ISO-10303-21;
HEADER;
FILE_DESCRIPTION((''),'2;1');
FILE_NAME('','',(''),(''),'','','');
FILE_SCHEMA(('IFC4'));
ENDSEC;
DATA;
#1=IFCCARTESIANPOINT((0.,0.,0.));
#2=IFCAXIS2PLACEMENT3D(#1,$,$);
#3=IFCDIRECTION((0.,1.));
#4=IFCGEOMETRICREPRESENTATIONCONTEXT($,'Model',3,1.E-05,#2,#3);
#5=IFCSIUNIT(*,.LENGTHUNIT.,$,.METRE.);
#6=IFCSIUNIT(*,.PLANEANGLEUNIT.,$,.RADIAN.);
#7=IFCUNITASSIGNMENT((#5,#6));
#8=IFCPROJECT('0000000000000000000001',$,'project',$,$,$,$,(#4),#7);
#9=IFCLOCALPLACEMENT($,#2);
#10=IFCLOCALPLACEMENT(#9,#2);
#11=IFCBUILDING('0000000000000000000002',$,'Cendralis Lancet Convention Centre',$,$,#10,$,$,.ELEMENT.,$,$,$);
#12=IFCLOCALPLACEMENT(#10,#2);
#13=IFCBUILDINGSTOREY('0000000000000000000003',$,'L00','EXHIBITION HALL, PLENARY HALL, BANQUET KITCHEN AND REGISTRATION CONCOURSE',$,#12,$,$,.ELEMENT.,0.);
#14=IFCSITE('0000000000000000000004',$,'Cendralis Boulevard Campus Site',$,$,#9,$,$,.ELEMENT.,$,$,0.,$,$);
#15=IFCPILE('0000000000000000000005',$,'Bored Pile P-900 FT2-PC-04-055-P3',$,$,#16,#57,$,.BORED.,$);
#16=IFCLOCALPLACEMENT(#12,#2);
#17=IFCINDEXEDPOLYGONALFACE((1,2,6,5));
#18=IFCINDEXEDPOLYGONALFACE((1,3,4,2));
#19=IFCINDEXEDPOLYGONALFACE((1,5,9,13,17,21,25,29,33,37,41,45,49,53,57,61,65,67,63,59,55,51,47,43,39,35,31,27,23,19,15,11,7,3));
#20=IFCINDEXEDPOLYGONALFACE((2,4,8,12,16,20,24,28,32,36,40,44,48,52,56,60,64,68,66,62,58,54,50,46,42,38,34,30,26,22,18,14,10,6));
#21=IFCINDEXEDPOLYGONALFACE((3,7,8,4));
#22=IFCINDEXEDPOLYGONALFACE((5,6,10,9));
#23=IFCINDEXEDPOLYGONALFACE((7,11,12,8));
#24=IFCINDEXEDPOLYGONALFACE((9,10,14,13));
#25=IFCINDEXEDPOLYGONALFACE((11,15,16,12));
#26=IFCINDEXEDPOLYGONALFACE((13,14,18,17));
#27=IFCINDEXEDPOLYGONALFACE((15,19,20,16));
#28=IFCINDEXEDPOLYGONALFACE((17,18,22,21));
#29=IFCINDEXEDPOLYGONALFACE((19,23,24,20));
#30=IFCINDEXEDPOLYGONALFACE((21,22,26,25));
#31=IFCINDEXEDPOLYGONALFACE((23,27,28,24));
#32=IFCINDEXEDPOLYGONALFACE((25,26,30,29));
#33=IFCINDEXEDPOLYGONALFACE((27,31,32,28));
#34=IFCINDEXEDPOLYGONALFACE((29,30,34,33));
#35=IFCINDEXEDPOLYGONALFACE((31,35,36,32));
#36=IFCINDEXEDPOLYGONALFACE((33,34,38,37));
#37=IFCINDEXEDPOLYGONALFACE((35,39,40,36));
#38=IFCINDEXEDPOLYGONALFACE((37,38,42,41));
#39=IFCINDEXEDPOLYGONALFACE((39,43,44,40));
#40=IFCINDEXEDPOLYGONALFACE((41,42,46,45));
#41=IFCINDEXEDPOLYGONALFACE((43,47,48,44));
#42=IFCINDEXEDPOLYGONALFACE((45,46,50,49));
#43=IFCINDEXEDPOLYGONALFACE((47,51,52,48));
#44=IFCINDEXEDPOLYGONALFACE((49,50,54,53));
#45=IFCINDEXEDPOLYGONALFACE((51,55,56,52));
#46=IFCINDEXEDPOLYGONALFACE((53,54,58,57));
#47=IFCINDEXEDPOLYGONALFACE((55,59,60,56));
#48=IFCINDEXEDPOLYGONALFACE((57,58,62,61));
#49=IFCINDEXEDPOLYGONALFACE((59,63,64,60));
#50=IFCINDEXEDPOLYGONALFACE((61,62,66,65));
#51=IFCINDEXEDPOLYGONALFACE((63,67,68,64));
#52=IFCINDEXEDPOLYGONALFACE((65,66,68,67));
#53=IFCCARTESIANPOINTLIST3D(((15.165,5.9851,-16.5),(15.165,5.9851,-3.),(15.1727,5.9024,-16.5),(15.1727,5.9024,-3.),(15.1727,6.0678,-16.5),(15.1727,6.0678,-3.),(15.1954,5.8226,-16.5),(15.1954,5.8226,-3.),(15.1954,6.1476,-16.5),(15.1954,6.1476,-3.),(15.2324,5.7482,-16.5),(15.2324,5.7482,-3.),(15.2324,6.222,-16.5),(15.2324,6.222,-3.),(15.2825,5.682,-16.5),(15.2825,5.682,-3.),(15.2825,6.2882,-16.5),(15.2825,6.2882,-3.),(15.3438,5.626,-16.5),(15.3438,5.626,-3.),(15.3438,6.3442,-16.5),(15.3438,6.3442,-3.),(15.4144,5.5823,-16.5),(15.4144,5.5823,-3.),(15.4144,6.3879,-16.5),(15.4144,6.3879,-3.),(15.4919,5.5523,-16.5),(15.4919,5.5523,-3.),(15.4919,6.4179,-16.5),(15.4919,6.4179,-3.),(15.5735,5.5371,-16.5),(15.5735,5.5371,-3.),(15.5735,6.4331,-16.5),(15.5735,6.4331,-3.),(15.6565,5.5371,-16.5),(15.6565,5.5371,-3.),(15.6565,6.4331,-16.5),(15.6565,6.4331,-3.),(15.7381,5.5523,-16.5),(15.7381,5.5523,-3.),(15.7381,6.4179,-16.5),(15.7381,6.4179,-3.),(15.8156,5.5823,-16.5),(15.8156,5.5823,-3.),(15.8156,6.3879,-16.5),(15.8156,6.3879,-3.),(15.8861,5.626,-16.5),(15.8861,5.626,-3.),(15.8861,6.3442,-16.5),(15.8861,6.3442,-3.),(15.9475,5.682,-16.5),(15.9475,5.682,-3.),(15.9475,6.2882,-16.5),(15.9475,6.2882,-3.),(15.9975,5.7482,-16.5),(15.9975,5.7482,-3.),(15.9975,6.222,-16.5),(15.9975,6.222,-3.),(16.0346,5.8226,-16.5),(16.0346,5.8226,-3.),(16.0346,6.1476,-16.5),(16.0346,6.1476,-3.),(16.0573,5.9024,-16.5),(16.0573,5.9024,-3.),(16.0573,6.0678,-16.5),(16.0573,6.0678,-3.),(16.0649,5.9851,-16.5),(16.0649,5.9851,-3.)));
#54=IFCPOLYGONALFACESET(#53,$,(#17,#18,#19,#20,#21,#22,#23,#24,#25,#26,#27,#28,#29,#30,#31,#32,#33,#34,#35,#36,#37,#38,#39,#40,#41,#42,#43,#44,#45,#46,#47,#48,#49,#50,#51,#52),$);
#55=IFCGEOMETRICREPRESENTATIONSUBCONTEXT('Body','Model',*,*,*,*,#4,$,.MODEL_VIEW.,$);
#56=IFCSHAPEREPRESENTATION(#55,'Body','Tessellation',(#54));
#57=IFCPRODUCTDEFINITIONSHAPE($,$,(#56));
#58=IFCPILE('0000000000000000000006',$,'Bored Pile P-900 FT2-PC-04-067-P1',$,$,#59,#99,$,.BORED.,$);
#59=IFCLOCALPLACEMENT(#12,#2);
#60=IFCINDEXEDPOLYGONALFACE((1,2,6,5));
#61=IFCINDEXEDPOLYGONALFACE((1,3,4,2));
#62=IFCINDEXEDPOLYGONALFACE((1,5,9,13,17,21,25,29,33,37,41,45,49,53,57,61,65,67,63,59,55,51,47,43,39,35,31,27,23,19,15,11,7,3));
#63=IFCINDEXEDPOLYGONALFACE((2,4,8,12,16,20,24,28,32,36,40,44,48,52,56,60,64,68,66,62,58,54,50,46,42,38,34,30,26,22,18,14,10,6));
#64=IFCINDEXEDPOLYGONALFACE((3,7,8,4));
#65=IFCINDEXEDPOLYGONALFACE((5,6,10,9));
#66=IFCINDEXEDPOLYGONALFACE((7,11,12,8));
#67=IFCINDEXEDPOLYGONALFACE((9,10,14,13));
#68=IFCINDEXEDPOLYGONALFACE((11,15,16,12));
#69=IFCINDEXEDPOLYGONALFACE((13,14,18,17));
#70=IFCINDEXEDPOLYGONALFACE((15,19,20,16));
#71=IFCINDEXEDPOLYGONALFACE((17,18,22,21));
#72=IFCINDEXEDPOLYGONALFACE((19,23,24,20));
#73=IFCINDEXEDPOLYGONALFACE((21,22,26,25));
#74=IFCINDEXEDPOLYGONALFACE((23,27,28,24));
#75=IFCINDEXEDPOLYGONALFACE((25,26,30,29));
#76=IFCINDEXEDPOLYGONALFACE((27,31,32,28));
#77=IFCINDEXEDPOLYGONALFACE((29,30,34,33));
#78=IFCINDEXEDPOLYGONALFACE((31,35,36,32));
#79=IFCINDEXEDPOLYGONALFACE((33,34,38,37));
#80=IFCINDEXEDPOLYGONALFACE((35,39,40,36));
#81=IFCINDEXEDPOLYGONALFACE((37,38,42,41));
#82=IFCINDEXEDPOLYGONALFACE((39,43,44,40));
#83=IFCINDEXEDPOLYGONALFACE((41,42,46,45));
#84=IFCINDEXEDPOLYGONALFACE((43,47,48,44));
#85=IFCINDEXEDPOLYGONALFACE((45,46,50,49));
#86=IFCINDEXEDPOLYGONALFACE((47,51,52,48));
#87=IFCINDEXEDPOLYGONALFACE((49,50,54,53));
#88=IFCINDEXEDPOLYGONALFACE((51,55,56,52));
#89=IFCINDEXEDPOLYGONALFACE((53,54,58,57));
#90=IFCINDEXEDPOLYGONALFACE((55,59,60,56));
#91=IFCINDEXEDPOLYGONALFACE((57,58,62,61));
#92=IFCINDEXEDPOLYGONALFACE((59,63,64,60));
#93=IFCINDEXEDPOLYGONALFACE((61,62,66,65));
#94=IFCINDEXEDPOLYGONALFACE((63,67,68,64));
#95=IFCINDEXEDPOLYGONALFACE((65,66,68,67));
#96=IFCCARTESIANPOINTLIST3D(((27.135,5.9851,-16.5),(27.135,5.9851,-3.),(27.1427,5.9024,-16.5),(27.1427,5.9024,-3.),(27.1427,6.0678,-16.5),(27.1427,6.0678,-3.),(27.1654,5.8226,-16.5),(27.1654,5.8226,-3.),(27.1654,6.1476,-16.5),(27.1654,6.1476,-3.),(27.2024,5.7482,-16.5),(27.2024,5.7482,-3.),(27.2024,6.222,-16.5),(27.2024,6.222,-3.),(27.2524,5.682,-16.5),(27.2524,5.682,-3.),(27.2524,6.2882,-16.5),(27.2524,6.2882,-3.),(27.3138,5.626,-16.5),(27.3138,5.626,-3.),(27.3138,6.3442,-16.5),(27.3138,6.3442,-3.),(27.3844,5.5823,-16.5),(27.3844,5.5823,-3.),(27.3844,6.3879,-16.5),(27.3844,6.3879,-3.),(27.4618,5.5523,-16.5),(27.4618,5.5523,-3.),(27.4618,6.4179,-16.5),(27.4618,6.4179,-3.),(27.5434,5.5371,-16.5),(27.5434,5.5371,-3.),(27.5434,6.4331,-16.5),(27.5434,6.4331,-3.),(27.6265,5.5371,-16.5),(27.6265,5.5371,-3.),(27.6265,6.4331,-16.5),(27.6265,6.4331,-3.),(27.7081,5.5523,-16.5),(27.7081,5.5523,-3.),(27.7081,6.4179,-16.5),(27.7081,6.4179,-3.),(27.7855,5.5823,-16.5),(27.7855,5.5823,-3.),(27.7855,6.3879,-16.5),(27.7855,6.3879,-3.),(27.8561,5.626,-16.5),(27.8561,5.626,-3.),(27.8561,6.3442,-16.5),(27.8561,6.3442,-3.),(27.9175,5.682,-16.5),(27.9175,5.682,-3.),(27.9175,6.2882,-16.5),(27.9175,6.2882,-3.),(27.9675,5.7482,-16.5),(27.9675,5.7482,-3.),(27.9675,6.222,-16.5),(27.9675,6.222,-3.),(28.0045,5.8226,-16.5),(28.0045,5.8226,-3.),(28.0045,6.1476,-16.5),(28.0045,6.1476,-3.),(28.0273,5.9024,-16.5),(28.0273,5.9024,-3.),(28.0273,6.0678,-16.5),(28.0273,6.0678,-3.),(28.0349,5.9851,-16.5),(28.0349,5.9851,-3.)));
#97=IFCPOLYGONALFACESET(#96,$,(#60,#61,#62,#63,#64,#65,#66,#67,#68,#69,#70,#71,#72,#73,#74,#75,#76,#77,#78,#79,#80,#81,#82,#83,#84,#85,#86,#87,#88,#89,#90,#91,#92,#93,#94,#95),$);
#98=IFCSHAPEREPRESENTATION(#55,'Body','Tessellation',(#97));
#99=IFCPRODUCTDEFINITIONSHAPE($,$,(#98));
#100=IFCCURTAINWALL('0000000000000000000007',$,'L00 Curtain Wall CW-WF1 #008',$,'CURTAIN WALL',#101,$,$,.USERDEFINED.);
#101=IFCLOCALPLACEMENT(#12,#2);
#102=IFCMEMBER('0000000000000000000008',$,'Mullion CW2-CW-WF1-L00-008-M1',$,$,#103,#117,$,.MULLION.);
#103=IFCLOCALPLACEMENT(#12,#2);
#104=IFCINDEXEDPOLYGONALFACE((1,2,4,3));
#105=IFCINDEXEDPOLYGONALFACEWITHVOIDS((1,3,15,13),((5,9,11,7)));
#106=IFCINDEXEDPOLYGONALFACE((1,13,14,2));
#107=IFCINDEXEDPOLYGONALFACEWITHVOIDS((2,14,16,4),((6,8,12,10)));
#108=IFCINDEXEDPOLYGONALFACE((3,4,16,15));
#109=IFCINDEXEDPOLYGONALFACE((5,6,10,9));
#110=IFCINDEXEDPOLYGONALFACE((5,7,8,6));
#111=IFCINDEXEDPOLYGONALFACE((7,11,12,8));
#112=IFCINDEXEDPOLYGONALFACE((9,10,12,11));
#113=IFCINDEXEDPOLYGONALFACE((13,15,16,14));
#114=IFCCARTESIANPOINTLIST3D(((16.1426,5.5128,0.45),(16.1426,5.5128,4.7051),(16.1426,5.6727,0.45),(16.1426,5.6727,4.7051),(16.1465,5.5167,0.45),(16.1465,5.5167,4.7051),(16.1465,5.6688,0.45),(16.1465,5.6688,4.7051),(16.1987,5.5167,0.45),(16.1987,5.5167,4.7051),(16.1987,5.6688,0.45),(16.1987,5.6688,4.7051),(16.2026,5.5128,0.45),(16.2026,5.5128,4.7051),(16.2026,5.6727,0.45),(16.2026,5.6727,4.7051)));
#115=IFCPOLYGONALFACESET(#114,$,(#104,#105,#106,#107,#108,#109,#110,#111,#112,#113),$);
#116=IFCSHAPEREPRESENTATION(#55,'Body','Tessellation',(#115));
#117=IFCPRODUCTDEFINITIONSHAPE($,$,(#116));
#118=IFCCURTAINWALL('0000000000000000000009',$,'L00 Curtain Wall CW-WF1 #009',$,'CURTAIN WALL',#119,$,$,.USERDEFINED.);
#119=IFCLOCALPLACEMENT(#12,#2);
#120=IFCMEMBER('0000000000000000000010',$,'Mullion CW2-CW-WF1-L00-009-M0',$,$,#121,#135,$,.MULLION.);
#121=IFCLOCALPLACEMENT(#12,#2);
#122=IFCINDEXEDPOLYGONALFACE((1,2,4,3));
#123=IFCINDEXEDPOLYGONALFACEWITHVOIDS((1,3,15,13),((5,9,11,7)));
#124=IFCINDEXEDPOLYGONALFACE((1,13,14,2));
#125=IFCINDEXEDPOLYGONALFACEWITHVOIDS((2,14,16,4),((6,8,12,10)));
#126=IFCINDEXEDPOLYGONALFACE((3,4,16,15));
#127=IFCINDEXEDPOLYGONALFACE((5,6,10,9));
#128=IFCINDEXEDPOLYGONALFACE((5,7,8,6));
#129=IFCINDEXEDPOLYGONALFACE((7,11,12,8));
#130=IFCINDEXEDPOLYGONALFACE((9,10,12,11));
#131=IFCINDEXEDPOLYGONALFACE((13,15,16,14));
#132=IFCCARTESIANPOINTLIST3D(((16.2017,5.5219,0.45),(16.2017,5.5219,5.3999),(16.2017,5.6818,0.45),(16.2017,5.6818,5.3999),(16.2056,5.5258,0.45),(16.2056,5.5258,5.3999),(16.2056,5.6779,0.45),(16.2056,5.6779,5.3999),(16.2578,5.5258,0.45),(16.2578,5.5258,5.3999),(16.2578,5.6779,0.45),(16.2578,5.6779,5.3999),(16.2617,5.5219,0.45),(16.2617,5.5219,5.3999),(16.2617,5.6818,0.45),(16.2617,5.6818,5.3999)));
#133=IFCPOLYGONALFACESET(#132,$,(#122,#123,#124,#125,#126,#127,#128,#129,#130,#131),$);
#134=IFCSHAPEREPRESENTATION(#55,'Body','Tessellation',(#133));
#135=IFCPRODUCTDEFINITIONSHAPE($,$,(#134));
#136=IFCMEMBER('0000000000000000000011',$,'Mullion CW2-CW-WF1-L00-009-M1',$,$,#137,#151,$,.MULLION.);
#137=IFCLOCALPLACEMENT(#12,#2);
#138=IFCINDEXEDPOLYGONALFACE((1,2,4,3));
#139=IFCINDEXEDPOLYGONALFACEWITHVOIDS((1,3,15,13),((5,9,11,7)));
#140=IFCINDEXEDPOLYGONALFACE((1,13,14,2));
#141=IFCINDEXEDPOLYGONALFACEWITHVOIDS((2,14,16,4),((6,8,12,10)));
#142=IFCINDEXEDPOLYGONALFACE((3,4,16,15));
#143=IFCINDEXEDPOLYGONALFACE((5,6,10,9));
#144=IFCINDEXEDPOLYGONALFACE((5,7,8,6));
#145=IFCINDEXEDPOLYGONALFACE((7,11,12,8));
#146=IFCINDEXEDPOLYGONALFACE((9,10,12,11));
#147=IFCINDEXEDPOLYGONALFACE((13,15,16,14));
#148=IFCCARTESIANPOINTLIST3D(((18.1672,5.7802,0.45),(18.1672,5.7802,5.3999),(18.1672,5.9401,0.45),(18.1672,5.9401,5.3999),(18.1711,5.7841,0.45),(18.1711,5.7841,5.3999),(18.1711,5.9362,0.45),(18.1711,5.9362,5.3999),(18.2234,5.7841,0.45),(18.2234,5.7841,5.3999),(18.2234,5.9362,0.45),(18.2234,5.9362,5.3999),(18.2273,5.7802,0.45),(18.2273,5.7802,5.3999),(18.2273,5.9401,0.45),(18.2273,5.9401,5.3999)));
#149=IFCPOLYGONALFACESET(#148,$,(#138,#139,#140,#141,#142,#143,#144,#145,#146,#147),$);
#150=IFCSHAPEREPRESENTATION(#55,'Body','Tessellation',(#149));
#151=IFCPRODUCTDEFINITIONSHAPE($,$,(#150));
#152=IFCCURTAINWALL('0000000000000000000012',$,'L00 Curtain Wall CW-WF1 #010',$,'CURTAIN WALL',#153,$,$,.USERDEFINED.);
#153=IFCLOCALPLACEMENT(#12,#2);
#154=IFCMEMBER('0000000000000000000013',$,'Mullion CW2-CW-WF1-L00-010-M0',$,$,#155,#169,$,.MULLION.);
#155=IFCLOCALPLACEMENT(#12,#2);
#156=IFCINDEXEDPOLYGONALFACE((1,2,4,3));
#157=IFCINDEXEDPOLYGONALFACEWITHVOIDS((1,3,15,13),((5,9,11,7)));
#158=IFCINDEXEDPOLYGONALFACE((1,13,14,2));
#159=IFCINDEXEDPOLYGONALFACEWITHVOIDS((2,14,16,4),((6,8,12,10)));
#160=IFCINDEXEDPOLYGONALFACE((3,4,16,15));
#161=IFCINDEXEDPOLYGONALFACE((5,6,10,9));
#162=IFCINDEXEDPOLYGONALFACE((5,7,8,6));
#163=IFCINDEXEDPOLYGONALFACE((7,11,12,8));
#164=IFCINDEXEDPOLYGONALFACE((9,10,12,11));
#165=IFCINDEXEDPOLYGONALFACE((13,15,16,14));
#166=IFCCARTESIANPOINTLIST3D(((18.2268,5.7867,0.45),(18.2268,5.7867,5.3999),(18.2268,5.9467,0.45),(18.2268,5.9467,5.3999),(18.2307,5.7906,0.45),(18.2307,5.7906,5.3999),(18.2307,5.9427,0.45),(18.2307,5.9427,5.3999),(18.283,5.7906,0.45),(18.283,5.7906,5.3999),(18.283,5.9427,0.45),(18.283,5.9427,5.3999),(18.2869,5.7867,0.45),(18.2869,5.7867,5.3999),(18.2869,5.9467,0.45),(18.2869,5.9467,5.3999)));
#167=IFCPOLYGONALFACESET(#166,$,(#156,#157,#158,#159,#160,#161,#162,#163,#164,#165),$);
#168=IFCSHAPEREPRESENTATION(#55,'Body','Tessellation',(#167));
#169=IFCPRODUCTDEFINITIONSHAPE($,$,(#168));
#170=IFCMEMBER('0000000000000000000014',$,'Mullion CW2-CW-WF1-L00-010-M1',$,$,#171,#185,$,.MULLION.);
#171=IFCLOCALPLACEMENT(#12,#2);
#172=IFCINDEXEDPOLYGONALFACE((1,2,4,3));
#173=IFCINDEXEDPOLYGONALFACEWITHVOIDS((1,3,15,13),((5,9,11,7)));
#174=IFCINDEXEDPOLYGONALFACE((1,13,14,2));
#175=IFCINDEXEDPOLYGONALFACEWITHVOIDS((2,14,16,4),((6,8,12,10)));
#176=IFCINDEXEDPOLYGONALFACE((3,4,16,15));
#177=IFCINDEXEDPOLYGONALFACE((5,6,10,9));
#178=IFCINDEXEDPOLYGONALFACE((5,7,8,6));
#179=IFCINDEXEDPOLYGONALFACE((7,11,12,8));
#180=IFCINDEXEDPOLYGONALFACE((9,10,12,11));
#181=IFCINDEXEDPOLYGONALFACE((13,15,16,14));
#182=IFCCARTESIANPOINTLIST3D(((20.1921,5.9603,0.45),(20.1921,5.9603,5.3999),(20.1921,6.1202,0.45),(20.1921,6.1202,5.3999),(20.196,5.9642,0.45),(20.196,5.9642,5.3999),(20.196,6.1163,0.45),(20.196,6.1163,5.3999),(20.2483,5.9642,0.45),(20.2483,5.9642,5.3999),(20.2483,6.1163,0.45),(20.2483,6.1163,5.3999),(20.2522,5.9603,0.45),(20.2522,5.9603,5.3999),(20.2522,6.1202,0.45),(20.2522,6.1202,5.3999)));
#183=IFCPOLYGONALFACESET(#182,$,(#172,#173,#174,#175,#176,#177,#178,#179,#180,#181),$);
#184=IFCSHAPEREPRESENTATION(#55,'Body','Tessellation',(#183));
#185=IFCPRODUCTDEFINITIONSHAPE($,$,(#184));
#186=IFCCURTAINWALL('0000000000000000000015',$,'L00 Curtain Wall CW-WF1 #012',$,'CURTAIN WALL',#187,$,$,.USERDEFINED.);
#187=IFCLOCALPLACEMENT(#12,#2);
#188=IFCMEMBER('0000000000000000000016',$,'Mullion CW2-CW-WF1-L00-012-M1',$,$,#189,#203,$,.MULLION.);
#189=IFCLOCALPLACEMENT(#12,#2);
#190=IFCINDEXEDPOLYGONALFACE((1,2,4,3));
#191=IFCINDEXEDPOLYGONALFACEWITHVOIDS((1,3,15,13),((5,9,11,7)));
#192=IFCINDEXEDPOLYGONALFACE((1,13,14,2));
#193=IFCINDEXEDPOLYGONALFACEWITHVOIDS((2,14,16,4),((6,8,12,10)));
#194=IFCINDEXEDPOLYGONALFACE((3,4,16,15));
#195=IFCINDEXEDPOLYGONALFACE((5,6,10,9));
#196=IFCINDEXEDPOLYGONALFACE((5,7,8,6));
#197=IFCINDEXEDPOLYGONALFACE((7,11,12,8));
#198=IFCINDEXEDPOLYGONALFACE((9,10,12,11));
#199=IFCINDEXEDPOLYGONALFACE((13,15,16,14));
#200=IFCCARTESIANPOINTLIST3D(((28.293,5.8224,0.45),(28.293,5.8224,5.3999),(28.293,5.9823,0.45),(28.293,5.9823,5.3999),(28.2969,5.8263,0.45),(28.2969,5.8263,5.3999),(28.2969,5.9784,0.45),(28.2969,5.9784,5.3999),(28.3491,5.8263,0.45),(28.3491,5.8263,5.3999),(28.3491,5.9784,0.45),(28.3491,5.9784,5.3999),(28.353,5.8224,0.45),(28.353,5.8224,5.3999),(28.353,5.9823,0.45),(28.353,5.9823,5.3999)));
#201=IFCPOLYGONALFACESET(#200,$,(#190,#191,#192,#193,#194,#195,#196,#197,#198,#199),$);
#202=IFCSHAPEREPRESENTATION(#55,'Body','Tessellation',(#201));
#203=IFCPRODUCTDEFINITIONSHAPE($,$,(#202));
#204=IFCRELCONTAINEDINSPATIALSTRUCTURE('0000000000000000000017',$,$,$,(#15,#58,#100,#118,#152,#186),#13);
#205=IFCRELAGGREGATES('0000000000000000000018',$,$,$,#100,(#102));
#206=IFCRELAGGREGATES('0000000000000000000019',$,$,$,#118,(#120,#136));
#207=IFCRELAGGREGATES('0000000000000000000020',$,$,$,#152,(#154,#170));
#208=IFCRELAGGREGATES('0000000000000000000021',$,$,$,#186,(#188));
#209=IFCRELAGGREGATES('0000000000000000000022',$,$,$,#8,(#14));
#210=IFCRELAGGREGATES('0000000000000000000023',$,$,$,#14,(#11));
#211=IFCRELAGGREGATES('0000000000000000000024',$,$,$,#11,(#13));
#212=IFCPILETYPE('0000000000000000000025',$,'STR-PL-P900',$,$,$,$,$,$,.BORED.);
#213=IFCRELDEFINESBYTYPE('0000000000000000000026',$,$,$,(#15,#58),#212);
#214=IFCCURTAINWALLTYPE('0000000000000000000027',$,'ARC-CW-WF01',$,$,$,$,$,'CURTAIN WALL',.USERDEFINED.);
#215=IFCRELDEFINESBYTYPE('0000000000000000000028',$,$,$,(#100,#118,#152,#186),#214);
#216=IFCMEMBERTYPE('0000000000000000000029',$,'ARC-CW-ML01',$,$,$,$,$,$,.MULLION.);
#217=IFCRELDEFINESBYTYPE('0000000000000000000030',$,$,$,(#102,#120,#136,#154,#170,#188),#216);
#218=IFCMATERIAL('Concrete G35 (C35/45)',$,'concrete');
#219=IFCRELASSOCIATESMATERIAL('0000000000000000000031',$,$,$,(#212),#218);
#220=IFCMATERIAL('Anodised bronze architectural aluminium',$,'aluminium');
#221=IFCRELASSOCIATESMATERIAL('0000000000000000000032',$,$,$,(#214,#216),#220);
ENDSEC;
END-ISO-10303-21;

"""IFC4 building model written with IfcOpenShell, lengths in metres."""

from ifc_helpers import new_model, si_unit, direction, frame, origin, origin_2d, place, context, subcontext, project, spatial, hollow_rectangle, circle, extrude, material, material_profile, profile_set, type_object, element, aggregate, save


model = new_model("IFC4")

# Units and contexts
model_context = context("Model", 3, precision=1e-05, world=origin(), true_north=direction((0.0, 1.0)))
body_context = subcontext(model_context, "Body", "Model", "MODEL_VIEW")
ifc_project = project(units=[si_unit("LENGTHUNIT", "METRE"), si_unit("PLANEANGLEUNIT", "RADIAN")], contexts=[model_context])

# Site, building, storey
site_placement = place(None, origin())
site = spatial("IfcSite", under=ifc_project, at=site_placement, Name="Cendralis Boulevard Campus Site", CompositionType="ELEMENT", RefElevation=0.0)
building_placement = place(site_placement, origin())
building = spatial("IfcBuilding", under=site, at=building_placement, Name="Cendralis Lancet Convention Centre", CompositionType="ELEMENT")
storey_placement = place(building_placement, origin())
storey = spatial("IfcBuildingStorey", under=building, at=storey_placement, Name="L00", Description="EXHIBITION HALL, PLENARY HALL, BANQUET KITCHEN AND REGISTRATION CONCOURSE", CompositionType="ELEMENT", Elevation=0.0)

# Piles
ifc_material_1 = material(Name="Concrete G35 (C35/45)", Category="concrete")
ifc_material_profile_1 = material_profile(ifc_material_1, circle(Radius=0.45, at=origin_2d()), Name="BORED PILE D900")
ifc_profile_set_1 = profile_set([ifc_material_profile_1], Name="Concrete G35 (C35/45)")
pile_type = type_object("IfcPileType", Name="STR-PL-P900", PredefinedType="BORED", material=ifc_profile_set_1)
for number, where, z_axis, x_axis, name in (
    (1, (15.615, 5.9851, -3.0), (0.0, 0.0, -1.0), (1.0, 0.0, 0.0), "Bored Pile P-900 FT2-PC-04-055-P3"),
    (2, (27.585, 5.9851, -3.0), (0.0, 0.0, -1.0), (1.0, 0.0, 0.0), "Bored Pile P-900 FT2-PC-04-067-P1"),
):
    element("IfcPile", number, at=place(storey_placement, frame(where, z_axis=z_axis, x_axis=x_axis)), inside=storey, type_object=pile_type, Name=name, PredefinedType="BORED", context=body_context, shape_type="SweptSolid", body=[
        extrude(circle(Radius=0.45, at=origin_2d()), origin(), (0.0, 0.0, 1.0), 13.5),
    ])

# Curtain wall, member
ifc_material_2 = material(Name="Anodised bronze architectural aluminium", Category="aluminium")
curtain_wall_type = type_object("IfcCurtainWallType", Name="ARC-CW-WF01", ElementType="CURTAIN WALL", PredefinedType="USERDEFINED", material=ifc_material_2)
curtain_wall_1_placement = place(storey_placement, origin())
curtain_wall_1 = element("IfcCurtainWall", 3, at=curtain_wall_1_placement, inside=storey, type_object=curtain_wall_type, Name="L00 Curtain Wall CW-WF1 #008", ObjectType="CURTAIN WALL", PredefinedType="USERDEFINED")
ifc_material_profile_2 = material_profile(ifc_material_2, hollow_rectangle(XDim=0.0601, YDim=0.1599, WallThickness=0.0039, at=origin_2d()), Name="AL-MULL 60x160x4.0")
ifc_profile_set_2 = profile_set([ifc_material_profile_2], Name="Anodised bronze architectural aluminium")
member_type_1 = type_object("IfcMemberType", Name="ARC-CW-ML01", PredefinedType="MULLION", material=ifc_profile_set_2)
member_1_placement = place(storey_placement, frame((16.1726, 5.5928, 0.45), z_axis=(0.0, 0.0, 1.0), x_axis=(1.0, 0.0, 0.0)))
member_1 = element("IfcMember", 4, at=member_1_placement, type_object=member_type_1, Name="Mullion CW2-CW-WF1-L00-008-M1", PredefinedType="MULLION", context=body_context, shape_type="SweptSolid", body=[
    extrude(hollow_rectangle(XDim=0.0601, YDim=0.1599, WallThickness=0.0039, at=origin_2d()), origin(), (0.0, 0.0, 1.0), 4.2551),
])

# Curtain walls, members
curtain_wall_2_placement = place(storey_placement, origin())
curtain_wall_2 = element("IfcCurtainWall", 5, at=curtain_wall_2_placement, inside=storey, type_object=curtain_wall_type, Name="L00 Curtain Wall CW-WF1 #009", ObjectType="CURTAIN WALL", PredefinedType="USERDEFINED")
member_2_placement = place(storey_placement, frame((16.2317, 5.6018, 0.45), z_axis=(0.0, 0.0, 1.0), x_axis=(1.0, 0.0, 0.0)))
member_2 = element("IfcMember", 6, at=member_2_placement, type_object=member_type_1, Name="Mullion CW2-CW-WF1-L00-009-M0", PredefinedType="MULLION", context=body_context, shape_type="SweptSolid", body=[
    extrude(hollow_rectangle(XDim=0.0601, YDim=0.1599, WallThickness=0.0039, at=origin_2d()), origin(), (0.0, 0.0, 1.0), 4.95),
])
member_3_placement = place(storey_placement, frame((18.1973, 5.8601, 0.45), z_axis=(0.0, 0.0, 1.0), x_axis=(1.0, 0.0, 0.0)))
member_3 = element("IfcMember", 7, at=member_3_placement, type_object=member_type_1, Name="Mullion CW2-CW-WF1-L00-009-M1", PredefinedType="MULLION", context=body_context, shape_type="SweptSolid", body=[
    extrude(hollow_rectangle(XDim=0.0601, YDim=0.1599, WallThickness=0.0039, at=origin_2d()), origin(), (0.0, 0.0, 1.0), 4.95),
])
curtain_wall_3_placement = place(storey_placement, origin())
curtain_wall_3 = element("IfcCurtainWall", 8, at=curtain_wall_3_placement, inside=storey, type_object=curtain_wall_type, Name="L00 Curtain Wall CW-WF1 #010", ObjectType="CURTAIN WALL", PredefinedType="USERDEFINED")
member_4_placement = place(storey_placement, frame((18.2568, 5.8667, 0.45), z_axis=(0.0, 0.0, 1.0), x_axis=(1.0, 0.0, 0.0)))
member_4 = element("IfcMember", 9, at=member_4_placement, type_object=member_type_1, Name="Mullion CW2-CW-WF1-L00-010-M0", PredefinedType="MULLION", context=body_context, shape_type="SweptSolid", body=[
    extrude(hollow_rectangle(XDim=0.0601, YDim=0.1599, WallThickness=0.0039, at=origin_2d()), origin(), (0.0, 0.0, 1.0), 4.95),
])
member_5_placement = place(storey_placement, frame((20.2222, 6.0403, 0.45), z_axis=(0.0, 0.0, 1.0), x_axis=(1.0, 0.0, 0.0)))
member_5 = element("IfcMember", 10, at=member_5_placement, type_object=member_type_1, Name="Mullion CW2-CW-WF1-L00-010-M1", PredefinedType="MULLION", context=body_context, shape_type="SweptSolid", body=[
    extrude(hollow_rectangle(XDim=0.0601, YDim=0.1599, WallThickness=0.0039, at=origin_2d()), origin(), (0.0, 0.0, 1.0), 4.95),
])

# Curtain wall, member
curtain_wall_4_placement = place(storey_placement, origin())
curtain_wall_4 = element("IfcCurtainWall", 11, at=curtain_wall_4_placement, inside=storey, type_object=curtain_wall_type, Name="L00 Curtain Wall CW-WF1 #012", ObjectType="CURTAIN WALL", PredefinedType="USERDEFINED")
member_6_placement = place(storey_placement, frame((28.323, 5.9023, 0.45), z_axis=(0.0, 0.0, 1.0), x_axis=(1.0, 0.0, 0.0)))
member_6 = element("IfcMember", 12, at=member_6_placement, type_object=member_type_1, Name="Mullion CW2-CW-WF1-L00-012-M1", PredefinedType="MULLION", context=body_context, shape_type="SweptSolid", body=[
    extrude(hollow_rectangle(XDim=0.0601, YDim=0.1599, WallThickness=0.0039, at=origin_2d()), origin(), (0.0, 0.0, 1.0), 4.95),
])

aggregate(curtain_wall_1, [member_1])
aggregate(curtain_wall_2, [member_2, member_3])
aggregate(curtain_wall_3, [member_4, member_5])
aggregate(curtain_wall_4, [member_6])

save(model, "model.ifc")
